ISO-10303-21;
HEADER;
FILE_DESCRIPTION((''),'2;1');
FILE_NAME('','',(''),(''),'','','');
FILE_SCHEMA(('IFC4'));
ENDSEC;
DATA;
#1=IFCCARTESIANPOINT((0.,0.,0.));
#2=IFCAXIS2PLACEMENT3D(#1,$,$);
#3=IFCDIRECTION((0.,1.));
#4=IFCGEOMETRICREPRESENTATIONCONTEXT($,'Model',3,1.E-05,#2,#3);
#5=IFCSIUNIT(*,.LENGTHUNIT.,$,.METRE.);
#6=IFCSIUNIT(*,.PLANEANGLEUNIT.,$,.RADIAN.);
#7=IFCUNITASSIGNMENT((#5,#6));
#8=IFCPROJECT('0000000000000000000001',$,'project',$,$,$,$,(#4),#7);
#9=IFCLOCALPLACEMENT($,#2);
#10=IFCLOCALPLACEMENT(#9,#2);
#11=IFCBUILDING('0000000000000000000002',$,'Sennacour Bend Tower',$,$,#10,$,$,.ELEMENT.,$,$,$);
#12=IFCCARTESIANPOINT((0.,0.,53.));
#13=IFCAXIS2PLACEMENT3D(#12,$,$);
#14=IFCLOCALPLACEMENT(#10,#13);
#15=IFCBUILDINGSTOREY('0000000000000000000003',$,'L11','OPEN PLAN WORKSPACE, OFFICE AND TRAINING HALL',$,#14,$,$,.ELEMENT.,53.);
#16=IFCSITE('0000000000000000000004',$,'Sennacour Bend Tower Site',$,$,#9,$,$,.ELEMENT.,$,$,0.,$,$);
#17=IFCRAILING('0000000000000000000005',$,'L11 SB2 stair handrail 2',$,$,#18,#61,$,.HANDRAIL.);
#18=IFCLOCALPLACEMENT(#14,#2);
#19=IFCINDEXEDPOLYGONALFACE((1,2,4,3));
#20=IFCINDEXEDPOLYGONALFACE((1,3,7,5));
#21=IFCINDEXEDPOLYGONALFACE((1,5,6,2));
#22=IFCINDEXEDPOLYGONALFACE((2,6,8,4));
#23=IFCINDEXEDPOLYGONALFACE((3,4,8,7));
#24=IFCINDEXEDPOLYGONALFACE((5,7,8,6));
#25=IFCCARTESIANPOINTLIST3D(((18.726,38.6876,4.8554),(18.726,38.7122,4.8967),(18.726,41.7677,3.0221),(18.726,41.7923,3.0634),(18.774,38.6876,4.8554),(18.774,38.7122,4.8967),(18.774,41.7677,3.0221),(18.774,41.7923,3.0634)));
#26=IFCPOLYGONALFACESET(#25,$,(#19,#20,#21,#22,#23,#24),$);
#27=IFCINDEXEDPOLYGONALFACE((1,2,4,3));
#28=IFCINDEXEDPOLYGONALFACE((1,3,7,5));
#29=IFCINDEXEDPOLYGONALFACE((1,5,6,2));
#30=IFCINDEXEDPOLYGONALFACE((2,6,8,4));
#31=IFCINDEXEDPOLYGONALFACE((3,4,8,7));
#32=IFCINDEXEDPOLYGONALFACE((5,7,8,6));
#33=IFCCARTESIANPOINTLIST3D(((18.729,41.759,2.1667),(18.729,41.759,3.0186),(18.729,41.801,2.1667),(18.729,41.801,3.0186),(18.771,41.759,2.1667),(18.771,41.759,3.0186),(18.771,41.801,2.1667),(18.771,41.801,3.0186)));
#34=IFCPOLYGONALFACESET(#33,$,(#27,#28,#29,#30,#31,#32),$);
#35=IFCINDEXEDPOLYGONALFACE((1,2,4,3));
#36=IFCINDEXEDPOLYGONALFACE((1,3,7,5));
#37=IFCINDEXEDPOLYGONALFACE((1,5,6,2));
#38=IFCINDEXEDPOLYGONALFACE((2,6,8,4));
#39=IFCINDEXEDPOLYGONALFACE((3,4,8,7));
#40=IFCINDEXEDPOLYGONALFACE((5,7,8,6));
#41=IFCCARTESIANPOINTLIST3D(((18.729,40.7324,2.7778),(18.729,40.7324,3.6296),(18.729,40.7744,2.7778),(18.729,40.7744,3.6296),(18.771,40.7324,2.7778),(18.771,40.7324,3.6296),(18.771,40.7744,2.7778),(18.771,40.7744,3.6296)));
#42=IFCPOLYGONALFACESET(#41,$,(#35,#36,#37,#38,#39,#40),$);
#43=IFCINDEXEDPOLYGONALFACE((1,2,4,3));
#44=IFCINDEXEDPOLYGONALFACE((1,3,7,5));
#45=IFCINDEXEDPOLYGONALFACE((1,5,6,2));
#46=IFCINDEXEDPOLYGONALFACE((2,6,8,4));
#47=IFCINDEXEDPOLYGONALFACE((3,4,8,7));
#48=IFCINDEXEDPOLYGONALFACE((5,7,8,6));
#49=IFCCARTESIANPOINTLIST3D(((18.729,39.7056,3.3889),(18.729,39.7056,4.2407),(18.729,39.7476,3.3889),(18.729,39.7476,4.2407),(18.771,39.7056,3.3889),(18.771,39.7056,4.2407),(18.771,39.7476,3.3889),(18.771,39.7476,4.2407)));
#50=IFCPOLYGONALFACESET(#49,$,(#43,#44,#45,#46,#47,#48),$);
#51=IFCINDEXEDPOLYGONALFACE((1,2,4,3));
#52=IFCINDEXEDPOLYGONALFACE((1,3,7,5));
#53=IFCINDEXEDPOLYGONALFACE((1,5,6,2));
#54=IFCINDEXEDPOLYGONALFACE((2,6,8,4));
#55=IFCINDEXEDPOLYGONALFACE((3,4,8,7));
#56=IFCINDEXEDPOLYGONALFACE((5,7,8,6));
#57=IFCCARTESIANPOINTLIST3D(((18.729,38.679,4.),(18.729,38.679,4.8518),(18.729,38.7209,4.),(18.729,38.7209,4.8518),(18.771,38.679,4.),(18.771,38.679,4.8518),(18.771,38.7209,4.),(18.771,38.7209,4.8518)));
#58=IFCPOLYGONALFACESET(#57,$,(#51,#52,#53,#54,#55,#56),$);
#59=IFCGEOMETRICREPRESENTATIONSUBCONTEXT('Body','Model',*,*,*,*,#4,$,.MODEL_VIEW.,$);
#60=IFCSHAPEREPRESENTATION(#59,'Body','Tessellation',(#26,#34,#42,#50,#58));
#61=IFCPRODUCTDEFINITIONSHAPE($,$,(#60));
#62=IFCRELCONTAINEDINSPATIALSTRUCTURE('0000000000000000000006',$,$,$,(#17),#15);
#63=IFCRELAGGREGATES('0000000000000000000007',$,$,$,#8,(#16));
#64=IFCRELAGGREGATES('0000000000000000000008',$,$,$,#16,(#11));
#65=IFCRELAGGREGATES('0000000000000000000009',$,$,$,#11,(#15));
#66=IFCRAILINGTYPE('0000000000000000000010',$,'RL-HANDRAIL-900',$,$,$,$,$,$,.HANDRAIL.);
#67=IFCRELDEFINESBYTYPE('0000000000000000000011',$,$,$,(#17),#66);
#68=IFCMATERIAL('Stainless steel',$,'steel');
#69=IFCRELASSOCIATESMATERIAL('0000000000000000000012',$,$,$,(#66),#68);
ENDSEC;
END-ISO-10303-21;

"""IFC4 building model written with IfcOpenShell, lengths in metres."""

from ifc_helpers import new_model, si_unit, direction, frame, origin, origin_2d, place, context, subcontext, project, spatial, rectangle, extrude, material, type_object, element, save


model = new_model("IFC4")

# Units and contexts
model_context = context("Model", 3, precision=1e-05, world=origin(), true_north=direction((0.0, 1.0)))
body_context = subcontext(model_context, "Body", "Model", "MODEL_VIEW")
ifc_project = project(units=[si_unit("LENGTHUNIT", "METRE"), si_unit("PLANEANGLEUNIT", "RADIAN")], contexts=[model_context])

# Site, building, storey
site_placement = place(None, origin())
site = spatial("IfcSite", under=ifc_project, at=site_placement, Name="Sennacour Bend Tower Site", CompositionType="ELEMENT", RefElevation=0.0)
building_placement = place(site_placement, origin())
building = spatial("IfcBuilding", under=site, at=building_placement, Name="Sennacour Bend Tower", CompositionType="ELEMENT")
storey_placement = place(building_placement, frame((0.0, 0.0, 53.0)))
storey = spatial("IfcBuildingStorey", under=building, at=storey_placement, Name="L11", Description="OPEN PLAN WORKSPACE, OFFICE AND TRAINING HALL", CompositionType="ELEMENT", Elevation=53.0)

# Shared definitions
ifc_material_1 = material(Name="Stainless steel", Category="steel")

# Railing
railing_type_1 = type_object("IfcRailingType", Name="RL-HANDRAIL-900", PredefinedType="HANDRAIL", material=ifc_material_1)
railing_1_placement = place(storey_placement, frame((18.75, 41.78, 2.1667)))
element("IfcRailing", 1, at=railing_1_placement, inside=storey, type_object=railing_type_1, Name="L11 SB2 stair handrail 2", PredefinedType="HANDRAIL", context=body_context, shape_type="SweptSolid", body=[
    extrude(rectangle(XDim=0.0481, YDim=0.0481, at=origin_2d()), frame((0.0, 0.0, 0.876), z_axis=(0.0, -0.859309, 0.511458), x_axis=(1.0, 0.0, 0.0)), (0.0, 0.0, 1.0), 3.5845),
    extrude(rectangle(XDim=0.042, YDim=0.042, at=origin_2d()), origin(), (0.0, 0.0, 1.0), 0.8518),
    extrude(rectangle(XDim=0.042, YDim=0.042, at=origin_2d()), frame((0.0, -1.0266, 0.6111)), (0.0, 0.0, 1.0), 0.8518),
    extrude(rectangle(XDim=0.042, YDim=0.042, at=origin_2d()), frame((0.0, -2.0535, 1.2222)), (0.0, 0.0, 1.0), 0.8518),
    extrude(rectangle(XDim=0.042, YDim=0.042, at=origin_2d()), frame((0.0, -3.0801, 1.8333)), (0.0, 0.0, 1.0), 0.8518),
])

save(model, "model.ifc")
